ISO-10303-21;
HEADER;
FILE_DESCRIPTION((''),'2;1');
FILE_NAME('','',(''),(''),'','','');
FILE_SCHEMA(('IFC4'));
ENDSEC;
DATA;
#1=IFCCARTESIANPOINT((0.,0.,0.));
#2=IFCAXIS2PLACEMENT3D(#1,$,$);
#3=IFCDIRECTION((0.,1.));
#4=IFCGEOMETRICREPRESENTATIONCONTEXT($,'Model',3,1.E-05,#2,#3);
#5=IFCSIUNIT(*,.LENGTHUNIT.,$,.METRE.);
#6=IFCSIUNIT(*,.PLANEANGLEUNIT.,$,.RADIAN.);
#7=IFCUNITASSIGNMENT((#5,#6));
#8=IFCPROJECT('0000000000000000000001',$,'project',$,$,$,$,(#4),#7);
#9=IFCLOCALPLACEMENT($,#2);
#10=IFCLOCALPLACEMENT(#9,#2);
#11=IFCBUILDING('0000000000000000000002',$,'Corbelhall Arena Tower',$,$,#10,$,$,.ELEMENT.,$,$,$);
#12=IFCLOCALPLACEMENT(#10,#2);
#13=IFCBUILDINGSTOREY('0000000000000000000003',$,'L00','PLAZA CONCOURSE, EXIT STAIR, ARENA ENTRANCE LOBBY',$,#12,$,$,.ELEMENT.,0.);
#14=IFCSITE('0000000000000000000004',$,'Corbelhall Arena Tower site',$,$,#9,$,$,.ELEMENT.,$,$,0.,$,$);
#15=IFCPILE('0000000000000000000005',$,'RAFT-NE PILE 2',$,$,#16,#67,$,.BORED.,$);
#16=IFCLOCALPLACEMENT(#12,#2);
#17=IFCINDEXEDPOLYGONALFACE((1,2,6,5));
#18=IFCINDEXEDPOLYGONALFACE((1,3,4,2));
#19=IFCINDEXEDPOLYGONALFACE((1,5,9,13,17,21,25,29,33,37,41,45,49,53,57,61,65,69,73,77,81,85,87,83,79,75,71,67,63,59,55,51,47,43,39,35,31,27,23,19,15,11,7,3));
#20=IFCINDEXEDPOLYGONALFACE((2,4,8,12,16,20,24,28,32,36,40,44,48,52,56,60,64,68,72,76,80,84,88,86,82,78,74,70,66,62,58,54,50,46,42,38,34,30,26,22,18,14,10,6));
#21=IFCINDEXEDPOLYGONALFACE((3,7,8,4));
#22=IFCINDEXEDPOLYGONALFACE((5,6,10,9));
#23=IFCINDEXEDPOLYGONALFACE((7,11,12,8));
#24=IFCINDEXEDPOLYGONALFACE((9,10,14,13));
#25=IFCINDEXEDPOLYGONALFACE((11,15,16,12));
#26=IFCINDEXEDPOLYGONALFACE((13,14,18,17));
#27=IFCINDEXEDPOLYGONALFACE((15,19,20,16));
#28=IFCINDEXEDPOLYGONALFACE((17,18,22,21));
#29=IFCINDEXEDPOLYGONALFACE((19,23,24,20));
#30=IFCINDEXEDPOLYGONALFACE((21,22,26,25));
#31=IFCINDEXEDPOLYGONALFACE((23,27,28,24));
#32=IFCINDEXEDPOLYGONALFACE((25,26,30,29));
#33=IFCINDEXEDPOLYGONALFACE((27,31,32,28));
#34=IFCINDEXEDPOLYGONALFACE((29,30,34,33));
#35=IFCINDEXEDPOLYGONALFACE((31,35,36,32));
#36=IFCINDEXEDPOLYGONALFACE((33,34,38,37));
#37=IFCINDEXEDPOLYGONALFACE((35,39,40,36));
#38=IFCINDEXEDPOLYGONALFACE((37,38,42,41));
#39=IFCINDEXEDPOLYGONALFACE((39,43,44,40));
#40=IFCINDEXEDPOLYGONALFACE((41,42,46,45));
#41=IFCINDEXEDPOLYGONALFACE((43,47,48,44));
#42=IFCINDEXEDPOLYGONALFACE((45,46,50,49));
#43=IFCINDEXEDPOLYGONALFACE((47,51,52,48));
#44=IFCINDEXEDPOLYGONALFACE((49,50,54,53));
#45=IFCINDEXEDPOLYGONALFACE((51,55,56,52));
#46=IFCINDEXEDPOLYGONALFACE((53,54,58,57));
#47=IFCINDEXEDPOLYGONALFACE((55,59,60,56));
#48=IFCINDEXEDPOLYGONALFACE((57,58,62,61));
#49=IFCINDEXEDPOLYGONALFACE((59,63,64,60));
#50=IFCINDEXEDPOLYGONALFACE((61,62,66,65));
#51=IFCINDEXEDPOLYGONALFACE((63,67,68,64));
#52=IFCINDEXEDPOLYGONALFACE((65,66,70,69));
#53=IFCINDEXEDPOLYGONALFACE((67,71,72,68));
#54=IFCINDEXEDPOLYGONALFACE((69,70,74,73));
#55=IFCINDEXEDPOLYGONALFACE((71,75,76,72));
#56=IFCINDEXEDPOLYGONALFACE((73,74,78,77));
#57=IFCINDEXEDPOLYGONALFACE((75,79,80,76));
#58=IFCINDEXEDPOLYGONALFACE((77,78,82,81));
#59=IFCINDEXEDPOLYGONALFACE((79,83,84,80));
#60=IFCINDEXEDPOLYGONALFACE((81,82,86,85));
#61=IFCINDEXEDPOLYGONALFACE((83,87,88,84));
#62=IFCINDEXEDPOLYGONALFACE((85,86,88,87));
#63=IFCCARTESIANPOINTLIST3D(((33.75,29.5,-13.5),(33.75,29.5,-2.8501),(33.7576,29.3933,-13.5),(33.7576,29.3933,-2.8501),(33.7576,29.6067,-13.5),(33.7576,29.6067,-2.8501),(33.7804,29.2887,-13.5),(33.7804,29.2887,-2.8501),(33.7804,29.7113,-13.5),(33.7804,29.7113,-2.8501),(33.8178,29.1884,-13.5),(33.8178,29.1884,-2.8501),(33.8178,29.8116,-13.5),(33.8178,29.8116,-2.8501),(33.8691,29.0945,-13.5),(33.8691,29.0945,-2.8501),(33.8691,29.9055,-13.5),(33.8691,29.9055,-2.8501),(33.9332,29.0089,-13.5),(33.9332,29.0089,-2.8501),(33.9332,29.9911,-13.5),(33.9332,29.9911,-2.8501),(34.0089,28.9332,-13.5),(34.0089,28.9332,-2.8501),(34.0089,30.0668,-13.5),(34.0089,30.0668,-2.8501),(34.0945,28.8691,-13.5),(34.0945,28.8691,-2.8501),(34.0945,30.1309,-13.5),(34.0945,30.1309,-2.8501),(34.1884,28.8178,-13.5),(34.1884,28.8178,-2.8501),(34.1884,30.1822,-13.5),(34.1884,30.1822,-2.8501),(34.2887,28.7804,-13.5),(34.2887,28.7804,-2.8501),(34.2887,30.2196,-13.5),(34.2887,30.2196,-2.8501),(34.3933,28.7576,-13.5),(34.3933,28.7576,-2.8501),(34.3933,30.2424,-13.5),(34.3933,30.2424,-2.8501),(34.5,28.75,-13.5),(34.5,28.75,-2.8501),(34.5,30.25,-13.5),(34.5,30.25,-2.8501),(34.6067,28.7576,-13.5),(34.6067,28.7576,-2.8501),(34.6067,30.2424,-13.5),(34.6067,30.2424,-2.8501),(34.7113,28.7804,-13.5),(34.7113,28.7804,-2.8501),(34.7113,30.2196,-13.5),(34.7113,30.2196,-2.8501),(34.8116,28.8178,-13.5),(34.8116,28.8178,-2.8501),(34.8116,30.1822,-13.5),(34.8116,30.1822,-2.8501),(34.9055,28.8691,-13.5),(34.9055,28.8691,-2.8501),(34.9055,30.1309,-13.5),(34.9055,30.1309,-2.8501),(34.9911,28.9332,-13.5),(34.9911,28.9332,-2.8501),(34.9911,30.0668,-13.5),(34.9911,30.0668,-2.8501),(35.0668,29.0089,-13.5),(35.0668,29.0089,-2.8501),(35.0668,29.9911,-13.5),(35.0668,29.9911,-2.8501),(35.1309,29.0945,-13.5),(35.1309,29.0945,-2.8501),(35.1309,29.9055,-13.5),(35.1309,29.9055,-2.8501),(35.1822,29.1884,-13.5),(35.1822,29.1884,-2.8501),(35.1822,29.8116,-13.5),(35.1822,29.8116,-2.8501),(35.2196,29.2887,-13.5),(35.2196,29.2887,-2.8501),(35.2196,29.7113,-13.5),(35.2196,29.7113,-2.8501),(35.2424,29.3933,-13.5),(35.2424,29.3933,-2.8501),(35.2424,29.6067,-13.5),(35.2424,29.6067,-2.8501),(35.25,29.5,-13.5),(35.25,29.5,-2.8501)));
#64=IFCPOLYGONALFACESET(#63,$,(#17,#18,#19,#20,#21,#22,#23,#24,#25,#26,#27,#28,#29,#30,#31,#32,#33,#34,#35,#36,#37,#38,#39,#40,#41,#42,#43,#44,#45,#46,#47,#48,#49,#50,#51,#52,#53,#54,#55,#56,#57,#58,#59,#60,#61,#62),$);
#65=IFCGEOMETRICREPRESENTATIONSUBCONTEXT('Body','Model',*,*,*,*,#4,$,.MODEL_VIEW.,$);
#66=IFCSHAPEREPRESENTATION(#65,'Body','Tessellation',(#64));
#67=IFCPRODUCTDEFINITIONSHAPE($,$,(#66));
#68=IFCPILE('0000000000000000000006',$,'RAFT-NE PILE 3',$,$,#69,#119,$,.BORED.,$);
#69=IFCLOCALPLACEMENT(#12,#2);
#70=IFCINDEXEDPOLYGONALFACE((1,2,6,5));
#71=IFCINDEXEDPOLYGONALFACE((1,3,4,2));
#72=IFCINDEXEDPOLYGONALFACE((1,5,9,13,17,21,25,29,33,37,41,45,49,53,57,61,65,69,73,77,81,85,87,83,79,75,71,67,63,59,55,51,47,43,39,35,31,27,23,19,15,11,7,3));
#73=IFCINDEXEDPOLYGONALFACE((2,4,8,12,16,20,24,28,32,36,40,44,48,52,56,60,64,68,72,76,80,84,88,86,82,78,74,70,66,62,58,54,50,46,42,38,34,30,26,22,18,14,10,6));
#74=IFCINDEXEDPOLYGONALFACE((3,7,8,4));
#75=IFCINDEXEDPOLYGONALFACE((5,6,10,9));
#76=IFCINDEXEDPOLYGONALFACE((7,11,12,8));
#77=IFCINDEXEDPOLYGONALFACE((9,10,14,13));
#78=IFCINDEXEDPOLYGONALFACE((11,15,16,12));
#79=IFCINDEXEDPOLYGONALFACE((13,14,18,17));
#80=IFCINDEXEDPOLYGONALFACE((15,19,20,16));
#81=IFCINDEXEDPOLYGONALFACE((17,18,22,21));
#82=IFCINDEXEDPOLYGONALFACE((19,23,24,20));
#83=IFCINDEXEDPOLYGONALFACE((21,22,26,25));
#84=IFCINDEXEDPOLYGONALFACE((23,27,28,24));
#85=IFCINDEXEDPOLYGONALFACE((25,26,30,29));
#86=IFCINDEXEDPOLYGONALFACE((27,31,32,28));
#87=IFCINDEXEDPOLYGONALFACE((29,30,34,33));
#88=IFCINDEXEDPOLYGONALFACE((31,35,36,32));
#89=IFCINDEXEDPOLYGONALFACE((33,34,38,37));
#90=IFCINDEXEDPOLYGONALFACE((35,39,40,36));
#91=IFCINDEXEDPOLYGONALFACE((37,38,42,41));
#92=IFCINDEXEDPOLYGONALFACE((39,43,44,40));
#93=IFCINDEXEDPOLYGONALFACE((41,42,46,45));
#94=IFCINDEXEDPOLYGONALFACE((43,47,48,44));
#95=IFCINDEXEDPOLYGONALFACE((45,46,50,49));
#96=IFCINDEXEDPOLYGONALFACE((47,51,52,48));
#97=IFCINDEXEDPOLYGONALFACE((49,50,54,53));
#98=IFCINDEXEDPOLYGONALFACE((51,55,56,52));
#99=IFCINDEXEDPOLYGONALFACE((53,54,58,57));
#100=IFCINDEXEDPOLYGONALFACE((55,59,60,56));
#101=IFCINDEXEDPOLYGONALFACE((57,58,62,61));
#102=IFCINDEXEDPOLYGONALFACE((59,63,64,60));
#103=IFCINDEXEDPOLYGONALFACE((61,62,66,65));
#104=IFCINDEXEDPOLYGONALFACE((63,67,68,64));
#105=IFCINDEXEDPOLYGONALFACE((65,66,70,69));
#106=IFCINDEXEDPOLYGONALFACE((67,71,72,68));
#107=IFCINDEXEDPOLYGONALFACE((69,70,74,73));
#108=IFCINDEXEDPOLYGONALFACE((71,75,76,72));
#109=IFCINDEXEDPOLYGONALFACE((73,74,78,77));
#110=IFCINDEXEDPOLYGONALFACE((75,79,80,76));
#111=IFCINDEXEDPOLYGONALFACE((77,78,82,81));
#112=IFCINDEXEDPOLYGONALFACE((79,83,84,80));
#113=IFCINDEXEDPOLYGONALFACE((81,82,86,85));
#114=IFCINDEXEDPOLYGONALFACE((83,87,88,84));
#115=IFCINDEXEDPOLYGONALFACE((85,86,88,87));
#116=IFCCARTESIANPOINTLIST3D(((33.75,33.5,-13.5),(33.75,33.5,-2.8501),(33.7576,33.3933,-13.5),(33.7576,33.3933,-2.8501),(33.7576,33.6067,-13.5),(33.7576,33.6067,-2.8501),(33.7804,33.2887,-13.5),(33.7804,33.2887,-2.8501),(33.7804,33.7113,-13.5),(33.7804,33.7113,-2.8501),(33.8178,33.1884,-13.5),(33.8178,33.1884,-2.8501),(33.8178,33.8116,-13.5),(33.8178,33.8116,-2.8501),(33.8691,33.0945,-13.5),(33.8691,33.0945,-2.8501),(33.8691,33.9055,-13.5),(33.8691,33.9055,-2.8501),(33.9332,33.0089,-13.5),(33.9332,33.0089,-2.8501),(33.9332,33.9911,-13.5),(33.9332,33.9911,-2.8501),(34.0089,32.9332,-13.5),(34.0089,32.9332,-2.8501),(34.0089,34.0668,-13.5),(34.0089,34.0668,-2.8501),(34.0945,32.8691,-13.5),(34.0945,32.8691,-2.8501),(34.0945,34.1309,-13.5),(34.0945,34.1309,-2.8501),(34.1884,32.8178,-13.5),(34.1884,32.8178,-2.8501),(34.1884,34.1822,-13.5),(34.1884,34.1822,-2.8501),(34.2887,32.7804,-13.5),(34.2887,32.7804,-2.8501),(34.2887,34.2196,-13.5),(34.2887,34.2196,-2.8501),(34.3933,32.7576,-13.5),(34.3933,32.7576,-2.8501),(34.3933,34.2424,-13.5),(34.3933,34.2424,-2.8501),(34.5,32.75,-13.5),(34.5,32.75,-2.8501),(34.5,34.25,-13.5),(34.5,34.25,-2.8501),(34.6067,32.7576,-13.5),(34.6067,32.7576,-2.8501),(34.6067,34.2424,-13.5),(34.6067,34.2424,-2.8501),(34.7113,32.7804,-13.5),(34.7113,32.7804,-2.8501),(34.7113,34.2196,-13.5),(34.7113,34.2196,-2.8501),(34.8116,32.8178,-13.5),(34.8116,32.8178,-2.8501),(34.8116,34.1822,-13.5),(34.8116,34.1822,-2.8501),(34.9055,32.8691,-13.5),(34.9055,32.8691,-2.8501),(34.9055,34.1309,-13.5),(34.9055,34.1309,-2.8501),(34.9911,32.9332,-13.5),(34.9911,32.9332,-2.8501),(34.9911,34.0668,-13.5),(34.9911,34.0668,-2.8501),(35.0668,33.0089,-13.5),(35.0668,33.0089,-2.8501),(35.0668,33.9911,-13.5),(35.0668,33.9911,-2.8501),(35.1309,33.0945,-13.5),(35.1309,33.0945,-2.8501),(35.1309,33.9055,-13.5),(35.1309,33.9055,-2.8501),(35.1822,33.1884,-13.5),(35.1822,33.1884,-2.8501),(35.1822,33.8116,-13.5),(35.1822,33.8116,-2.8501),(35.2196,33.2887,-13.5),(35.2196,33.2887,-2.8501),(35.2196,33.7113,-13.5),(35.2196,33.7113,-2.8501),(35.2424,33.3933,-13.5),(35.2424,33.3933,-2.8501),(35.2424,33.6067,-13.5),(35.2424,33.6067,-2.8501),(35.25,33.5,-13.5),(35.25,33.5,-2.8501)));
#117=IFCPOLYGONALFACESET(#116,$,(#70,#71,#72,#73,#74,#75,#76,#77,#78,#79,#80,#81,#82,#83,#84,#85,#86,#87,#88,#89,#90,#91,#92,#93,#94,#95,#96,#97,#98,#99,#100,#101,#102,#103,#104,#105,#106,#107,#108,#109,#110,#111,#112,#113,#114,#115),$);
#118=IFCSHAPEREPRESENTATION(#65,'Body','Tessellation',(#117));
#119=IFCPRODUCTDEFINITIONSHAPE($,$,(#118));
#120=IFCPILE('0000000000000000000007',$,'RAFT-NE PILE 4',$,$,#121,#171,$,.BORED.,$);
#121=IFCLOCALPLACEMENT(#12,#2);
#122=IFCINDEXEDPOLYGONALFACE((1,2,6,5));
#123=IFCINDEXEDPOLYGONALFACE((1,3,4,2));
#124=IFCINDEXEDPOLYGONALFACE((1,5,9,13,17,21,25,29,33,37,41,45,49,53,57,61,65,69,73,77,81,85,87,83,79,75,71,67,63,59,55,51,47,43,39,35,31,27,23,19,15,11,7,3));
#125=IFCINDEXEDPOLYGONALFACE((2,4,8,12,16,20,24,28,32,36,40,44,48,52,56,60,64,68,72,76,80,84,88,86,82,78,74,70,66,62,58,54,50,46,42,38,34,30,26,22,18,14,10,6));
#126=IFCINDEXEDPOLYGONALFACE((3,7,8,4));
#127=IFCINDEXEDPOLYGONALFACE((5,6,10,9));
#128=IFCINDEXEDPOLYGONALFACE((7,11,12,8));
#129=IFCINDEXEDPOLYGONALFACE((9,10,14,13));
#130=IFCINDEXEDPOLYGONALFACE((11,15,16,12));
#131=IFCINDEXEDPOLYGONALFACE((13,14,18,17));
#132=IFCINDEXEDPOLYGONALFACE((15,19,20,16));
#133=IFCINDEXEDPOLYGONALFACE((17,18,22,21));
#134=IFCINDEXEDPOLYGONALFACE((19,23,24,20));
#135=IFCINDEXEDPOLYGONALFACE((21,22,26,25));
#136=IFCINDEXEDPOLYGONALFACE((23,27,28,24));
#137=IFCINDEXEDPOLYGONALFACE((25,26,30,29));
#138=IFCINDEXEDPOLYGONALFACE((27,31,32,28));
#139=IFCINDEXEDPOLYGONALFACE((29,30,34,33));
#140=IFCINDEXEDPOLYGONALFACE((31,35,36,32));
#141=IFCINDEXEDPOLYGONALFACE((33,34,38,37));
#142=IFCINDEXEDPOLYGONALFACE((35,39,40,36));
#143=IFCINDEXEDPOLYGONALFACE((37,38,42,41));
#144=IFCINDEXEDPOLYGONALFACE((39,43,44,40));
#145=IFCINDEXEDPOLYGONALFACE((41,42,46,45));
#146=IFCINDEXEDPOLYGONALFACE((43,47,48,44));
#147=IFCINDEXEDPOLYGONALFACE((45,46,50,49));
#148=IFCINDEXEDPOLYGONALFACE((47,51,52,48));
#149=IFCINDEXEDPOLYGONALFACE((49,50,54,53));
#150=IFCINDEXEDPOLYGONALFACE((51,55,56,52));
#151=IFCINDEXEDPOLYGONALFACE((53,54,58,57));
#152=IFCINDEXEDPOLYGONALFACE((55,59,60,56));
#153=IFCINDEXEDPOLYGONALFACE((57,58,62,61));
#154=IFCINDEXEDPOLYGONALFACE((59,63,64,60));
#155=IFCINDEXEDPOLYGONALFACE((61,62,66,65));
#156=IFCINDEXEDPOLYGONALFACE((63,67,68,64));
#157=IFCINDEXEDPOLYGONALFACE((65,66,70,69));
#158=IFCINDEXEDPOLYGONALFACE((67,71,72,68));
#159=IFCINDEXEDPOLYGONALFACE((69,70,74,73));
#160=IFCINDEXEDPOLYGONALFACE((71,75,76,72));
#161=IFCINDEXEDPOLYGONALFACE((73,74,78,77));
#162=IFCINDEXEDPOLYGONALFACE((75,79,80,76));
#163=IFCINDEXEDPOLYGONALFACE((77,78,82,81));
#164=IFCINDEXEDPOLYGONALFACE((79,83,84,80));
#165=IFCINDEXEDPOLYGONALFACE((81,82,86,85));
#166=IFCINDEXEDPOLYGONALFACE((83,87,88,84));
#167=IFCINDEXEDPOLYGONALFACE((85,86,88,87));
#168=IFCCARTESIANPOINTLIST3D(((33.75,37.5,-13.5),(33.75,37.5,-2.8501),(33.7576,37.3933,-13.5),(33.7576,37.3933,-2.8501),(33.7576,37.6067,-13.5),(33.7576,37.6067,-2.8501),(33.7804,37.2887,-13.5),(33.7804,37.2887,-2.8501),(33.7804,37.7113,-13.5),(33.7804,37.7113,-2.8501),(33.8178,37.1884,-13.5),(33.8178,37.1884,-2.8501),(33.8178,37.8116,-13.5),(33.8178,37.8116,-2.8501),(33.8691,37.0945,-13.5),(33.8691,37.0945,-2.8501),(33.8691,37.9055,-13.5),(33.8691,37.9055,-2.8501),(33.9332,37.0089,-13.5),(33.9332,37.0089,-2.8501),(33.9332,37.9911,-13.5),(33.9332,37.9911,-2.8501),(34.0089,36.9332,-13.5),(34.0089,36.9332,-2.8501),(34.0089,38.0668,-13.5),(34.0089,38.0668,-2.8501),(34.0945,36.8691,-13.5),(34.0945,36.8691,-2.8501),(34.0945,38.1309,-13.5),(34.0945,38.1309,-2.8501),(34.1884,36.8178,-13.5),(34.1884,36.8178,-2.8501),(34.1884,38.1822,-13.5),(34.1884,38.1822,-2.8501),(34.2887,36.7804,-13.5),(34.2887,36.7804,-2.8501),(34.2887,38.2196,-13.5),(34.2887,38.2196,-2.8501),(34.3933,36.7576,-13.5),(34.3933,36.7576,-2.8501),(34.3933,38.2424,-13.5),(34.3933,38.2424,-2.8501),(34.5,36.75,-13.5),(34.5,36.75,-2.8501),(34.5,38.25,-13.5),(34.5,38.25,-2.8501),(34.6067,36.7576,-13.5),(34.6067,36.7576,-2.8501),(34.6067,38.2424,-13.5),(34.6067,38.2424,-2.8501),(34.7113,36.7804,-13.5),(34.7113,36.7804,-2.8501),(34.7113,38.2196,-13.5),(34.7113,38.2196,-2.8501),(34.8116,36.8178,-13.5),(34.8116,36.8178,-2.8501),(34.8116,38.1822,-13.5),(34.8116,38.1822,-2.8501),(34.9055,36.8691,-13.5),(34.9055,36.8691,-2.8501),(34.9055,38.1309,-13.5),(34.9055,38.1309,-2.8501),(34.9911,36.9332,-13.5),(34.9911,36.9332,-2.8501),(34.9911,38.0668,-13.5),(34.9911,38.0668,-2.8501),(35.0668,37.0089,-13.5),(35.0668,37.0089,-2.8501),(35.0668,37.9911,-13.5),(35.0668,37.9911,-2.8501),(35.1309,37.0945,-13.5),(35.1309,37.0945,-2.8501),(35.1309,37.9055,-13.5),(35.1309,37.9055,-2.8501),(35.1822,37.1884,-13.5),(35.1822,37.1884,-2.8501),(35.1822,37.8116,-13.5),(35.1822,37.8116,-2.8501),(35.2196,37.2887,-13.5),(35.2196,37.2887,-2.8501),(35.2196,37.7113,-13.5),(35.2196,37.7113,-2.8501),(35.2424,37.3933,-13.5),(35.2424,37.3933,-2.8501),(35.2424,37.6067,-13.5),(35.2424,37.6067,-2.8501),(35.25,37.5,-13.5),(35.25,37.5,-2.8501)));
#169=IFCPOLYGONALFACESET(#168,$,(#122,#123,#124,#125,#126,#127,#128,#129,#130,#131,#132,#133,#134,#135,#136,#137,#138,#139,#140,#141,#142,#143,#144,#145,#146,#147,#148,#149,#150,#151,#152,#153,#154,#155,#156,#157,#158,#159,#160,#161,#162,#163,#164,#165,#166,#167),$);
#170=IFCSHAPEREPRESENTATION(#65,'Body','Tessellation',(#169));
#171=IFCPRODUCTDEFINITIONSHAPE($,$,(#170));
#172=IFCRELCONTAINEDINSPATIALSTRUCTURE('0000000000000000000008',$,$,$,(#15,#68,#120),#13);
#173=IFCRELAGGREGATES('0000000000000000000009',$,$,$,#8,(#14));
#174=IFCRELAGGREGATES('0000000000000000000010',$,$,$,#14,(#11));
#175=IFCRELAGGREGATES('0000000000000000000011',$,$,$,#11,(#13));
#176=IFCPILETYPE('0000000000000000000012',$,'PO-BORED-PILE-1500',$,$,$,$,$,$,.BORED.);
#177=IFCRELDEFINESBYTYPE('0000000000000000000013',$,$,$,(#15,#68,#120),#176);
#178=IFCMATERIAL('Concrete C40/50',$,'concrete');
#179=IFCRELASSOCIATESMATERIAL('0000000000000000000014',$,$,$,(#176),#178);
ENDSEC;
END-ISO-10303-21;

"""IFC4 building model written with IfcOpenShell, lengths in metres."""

from ifc_helpers import new_model, si_unit, direction, frame, origin, origin_2d, place, context, subcontext, project, spatial, circle, extrude, material, material_profile, profile_set, type_object, element, save


model = new_model("IFC4")

# Units and contexts
model_context = context("Model", 3, precision=1e-05, world=origin(), true_north=direction((0.0, 1.0)))
body_context = subcontext(model_context, "Body", "Model", "MODEL_VIEW")
ifc_project = project(units=[si_unit("LENGTHUNIT", "METRE"), si_unit("PLANEANGLEUNIT", "RADIAN")], contexts=[model_context])

# Site, building, storey
site_placement = place(None, origin())
site = spatial("IfcSite", under=ifc_project, at=site_placement, Name="Corbelhall Arena Tower site", CompositionType="ELEMENT", RefElevation=0.0)
building_placement = place(site_placement, origin())
building = spatial("IfcBuilding", under=site, at=building_placement, Name="Corbelhall Arena Tower", CompositionType="ELEMENT")
storey_placement = place(building_placement, origin())
storey = spatial("IfcBuildingStorey", under=building, at=storey_placement, Name="L00", Description="PLAZA CONCOURSE, EXIT STAIR, ARENA ENTRANCE LOBBY", CompositionType="ELEMENT", Elevation=0.0)

# Piles
ifc_material_1 = material(Name="Concrete C40/50", Category="concrete")
ifc_material_profile = material_profile(ifc_material_1, circle(Radius=0.75, at=origin_2d()))
ifc_profile_set = profile_set([ifc_material_profile], Name="Concrete C40/50")
pile_type = type_object("IfcPileType", Name="PO-BORED-PILE-1500", PredefinedType="BORED", material=ifc_profile_set)
for number, where, z_axis, x_axis, name in (
    (1, (34.5, 29.5, -2.8501), (0.0, 0.0, -1.0), (1.0, 0.0, 0.0), "RAFT-NE PILE 2"),
    (2, (34.5, 33.5, -2.8501), (0.0, 0.0, -1.0), (1.0, 0.0, 0.0), "RAFT-NE PILE 3"),
    (3, (34.5, 37.5, -2.8501), (0.0, 0.0, -1.0), (1.0, 0.0, 0.0), "RAFT-NE PILE 4"),
):
    element("IfcPile", number, at=place(storey_placement, frame(where, z_axis=z_axis, x_axis=x_axis)), inside=storey, type_object=pile_type, Name=name, PredefinedType="BORED", context=body_context, shape_type="SweptSolid", body=[
        extrude(circle(Radius=0.75, at=origin_2d()), origin(), (0.0, 0.0, 1.0), 10.6499),
    ])

save(model, "model.ifc")
